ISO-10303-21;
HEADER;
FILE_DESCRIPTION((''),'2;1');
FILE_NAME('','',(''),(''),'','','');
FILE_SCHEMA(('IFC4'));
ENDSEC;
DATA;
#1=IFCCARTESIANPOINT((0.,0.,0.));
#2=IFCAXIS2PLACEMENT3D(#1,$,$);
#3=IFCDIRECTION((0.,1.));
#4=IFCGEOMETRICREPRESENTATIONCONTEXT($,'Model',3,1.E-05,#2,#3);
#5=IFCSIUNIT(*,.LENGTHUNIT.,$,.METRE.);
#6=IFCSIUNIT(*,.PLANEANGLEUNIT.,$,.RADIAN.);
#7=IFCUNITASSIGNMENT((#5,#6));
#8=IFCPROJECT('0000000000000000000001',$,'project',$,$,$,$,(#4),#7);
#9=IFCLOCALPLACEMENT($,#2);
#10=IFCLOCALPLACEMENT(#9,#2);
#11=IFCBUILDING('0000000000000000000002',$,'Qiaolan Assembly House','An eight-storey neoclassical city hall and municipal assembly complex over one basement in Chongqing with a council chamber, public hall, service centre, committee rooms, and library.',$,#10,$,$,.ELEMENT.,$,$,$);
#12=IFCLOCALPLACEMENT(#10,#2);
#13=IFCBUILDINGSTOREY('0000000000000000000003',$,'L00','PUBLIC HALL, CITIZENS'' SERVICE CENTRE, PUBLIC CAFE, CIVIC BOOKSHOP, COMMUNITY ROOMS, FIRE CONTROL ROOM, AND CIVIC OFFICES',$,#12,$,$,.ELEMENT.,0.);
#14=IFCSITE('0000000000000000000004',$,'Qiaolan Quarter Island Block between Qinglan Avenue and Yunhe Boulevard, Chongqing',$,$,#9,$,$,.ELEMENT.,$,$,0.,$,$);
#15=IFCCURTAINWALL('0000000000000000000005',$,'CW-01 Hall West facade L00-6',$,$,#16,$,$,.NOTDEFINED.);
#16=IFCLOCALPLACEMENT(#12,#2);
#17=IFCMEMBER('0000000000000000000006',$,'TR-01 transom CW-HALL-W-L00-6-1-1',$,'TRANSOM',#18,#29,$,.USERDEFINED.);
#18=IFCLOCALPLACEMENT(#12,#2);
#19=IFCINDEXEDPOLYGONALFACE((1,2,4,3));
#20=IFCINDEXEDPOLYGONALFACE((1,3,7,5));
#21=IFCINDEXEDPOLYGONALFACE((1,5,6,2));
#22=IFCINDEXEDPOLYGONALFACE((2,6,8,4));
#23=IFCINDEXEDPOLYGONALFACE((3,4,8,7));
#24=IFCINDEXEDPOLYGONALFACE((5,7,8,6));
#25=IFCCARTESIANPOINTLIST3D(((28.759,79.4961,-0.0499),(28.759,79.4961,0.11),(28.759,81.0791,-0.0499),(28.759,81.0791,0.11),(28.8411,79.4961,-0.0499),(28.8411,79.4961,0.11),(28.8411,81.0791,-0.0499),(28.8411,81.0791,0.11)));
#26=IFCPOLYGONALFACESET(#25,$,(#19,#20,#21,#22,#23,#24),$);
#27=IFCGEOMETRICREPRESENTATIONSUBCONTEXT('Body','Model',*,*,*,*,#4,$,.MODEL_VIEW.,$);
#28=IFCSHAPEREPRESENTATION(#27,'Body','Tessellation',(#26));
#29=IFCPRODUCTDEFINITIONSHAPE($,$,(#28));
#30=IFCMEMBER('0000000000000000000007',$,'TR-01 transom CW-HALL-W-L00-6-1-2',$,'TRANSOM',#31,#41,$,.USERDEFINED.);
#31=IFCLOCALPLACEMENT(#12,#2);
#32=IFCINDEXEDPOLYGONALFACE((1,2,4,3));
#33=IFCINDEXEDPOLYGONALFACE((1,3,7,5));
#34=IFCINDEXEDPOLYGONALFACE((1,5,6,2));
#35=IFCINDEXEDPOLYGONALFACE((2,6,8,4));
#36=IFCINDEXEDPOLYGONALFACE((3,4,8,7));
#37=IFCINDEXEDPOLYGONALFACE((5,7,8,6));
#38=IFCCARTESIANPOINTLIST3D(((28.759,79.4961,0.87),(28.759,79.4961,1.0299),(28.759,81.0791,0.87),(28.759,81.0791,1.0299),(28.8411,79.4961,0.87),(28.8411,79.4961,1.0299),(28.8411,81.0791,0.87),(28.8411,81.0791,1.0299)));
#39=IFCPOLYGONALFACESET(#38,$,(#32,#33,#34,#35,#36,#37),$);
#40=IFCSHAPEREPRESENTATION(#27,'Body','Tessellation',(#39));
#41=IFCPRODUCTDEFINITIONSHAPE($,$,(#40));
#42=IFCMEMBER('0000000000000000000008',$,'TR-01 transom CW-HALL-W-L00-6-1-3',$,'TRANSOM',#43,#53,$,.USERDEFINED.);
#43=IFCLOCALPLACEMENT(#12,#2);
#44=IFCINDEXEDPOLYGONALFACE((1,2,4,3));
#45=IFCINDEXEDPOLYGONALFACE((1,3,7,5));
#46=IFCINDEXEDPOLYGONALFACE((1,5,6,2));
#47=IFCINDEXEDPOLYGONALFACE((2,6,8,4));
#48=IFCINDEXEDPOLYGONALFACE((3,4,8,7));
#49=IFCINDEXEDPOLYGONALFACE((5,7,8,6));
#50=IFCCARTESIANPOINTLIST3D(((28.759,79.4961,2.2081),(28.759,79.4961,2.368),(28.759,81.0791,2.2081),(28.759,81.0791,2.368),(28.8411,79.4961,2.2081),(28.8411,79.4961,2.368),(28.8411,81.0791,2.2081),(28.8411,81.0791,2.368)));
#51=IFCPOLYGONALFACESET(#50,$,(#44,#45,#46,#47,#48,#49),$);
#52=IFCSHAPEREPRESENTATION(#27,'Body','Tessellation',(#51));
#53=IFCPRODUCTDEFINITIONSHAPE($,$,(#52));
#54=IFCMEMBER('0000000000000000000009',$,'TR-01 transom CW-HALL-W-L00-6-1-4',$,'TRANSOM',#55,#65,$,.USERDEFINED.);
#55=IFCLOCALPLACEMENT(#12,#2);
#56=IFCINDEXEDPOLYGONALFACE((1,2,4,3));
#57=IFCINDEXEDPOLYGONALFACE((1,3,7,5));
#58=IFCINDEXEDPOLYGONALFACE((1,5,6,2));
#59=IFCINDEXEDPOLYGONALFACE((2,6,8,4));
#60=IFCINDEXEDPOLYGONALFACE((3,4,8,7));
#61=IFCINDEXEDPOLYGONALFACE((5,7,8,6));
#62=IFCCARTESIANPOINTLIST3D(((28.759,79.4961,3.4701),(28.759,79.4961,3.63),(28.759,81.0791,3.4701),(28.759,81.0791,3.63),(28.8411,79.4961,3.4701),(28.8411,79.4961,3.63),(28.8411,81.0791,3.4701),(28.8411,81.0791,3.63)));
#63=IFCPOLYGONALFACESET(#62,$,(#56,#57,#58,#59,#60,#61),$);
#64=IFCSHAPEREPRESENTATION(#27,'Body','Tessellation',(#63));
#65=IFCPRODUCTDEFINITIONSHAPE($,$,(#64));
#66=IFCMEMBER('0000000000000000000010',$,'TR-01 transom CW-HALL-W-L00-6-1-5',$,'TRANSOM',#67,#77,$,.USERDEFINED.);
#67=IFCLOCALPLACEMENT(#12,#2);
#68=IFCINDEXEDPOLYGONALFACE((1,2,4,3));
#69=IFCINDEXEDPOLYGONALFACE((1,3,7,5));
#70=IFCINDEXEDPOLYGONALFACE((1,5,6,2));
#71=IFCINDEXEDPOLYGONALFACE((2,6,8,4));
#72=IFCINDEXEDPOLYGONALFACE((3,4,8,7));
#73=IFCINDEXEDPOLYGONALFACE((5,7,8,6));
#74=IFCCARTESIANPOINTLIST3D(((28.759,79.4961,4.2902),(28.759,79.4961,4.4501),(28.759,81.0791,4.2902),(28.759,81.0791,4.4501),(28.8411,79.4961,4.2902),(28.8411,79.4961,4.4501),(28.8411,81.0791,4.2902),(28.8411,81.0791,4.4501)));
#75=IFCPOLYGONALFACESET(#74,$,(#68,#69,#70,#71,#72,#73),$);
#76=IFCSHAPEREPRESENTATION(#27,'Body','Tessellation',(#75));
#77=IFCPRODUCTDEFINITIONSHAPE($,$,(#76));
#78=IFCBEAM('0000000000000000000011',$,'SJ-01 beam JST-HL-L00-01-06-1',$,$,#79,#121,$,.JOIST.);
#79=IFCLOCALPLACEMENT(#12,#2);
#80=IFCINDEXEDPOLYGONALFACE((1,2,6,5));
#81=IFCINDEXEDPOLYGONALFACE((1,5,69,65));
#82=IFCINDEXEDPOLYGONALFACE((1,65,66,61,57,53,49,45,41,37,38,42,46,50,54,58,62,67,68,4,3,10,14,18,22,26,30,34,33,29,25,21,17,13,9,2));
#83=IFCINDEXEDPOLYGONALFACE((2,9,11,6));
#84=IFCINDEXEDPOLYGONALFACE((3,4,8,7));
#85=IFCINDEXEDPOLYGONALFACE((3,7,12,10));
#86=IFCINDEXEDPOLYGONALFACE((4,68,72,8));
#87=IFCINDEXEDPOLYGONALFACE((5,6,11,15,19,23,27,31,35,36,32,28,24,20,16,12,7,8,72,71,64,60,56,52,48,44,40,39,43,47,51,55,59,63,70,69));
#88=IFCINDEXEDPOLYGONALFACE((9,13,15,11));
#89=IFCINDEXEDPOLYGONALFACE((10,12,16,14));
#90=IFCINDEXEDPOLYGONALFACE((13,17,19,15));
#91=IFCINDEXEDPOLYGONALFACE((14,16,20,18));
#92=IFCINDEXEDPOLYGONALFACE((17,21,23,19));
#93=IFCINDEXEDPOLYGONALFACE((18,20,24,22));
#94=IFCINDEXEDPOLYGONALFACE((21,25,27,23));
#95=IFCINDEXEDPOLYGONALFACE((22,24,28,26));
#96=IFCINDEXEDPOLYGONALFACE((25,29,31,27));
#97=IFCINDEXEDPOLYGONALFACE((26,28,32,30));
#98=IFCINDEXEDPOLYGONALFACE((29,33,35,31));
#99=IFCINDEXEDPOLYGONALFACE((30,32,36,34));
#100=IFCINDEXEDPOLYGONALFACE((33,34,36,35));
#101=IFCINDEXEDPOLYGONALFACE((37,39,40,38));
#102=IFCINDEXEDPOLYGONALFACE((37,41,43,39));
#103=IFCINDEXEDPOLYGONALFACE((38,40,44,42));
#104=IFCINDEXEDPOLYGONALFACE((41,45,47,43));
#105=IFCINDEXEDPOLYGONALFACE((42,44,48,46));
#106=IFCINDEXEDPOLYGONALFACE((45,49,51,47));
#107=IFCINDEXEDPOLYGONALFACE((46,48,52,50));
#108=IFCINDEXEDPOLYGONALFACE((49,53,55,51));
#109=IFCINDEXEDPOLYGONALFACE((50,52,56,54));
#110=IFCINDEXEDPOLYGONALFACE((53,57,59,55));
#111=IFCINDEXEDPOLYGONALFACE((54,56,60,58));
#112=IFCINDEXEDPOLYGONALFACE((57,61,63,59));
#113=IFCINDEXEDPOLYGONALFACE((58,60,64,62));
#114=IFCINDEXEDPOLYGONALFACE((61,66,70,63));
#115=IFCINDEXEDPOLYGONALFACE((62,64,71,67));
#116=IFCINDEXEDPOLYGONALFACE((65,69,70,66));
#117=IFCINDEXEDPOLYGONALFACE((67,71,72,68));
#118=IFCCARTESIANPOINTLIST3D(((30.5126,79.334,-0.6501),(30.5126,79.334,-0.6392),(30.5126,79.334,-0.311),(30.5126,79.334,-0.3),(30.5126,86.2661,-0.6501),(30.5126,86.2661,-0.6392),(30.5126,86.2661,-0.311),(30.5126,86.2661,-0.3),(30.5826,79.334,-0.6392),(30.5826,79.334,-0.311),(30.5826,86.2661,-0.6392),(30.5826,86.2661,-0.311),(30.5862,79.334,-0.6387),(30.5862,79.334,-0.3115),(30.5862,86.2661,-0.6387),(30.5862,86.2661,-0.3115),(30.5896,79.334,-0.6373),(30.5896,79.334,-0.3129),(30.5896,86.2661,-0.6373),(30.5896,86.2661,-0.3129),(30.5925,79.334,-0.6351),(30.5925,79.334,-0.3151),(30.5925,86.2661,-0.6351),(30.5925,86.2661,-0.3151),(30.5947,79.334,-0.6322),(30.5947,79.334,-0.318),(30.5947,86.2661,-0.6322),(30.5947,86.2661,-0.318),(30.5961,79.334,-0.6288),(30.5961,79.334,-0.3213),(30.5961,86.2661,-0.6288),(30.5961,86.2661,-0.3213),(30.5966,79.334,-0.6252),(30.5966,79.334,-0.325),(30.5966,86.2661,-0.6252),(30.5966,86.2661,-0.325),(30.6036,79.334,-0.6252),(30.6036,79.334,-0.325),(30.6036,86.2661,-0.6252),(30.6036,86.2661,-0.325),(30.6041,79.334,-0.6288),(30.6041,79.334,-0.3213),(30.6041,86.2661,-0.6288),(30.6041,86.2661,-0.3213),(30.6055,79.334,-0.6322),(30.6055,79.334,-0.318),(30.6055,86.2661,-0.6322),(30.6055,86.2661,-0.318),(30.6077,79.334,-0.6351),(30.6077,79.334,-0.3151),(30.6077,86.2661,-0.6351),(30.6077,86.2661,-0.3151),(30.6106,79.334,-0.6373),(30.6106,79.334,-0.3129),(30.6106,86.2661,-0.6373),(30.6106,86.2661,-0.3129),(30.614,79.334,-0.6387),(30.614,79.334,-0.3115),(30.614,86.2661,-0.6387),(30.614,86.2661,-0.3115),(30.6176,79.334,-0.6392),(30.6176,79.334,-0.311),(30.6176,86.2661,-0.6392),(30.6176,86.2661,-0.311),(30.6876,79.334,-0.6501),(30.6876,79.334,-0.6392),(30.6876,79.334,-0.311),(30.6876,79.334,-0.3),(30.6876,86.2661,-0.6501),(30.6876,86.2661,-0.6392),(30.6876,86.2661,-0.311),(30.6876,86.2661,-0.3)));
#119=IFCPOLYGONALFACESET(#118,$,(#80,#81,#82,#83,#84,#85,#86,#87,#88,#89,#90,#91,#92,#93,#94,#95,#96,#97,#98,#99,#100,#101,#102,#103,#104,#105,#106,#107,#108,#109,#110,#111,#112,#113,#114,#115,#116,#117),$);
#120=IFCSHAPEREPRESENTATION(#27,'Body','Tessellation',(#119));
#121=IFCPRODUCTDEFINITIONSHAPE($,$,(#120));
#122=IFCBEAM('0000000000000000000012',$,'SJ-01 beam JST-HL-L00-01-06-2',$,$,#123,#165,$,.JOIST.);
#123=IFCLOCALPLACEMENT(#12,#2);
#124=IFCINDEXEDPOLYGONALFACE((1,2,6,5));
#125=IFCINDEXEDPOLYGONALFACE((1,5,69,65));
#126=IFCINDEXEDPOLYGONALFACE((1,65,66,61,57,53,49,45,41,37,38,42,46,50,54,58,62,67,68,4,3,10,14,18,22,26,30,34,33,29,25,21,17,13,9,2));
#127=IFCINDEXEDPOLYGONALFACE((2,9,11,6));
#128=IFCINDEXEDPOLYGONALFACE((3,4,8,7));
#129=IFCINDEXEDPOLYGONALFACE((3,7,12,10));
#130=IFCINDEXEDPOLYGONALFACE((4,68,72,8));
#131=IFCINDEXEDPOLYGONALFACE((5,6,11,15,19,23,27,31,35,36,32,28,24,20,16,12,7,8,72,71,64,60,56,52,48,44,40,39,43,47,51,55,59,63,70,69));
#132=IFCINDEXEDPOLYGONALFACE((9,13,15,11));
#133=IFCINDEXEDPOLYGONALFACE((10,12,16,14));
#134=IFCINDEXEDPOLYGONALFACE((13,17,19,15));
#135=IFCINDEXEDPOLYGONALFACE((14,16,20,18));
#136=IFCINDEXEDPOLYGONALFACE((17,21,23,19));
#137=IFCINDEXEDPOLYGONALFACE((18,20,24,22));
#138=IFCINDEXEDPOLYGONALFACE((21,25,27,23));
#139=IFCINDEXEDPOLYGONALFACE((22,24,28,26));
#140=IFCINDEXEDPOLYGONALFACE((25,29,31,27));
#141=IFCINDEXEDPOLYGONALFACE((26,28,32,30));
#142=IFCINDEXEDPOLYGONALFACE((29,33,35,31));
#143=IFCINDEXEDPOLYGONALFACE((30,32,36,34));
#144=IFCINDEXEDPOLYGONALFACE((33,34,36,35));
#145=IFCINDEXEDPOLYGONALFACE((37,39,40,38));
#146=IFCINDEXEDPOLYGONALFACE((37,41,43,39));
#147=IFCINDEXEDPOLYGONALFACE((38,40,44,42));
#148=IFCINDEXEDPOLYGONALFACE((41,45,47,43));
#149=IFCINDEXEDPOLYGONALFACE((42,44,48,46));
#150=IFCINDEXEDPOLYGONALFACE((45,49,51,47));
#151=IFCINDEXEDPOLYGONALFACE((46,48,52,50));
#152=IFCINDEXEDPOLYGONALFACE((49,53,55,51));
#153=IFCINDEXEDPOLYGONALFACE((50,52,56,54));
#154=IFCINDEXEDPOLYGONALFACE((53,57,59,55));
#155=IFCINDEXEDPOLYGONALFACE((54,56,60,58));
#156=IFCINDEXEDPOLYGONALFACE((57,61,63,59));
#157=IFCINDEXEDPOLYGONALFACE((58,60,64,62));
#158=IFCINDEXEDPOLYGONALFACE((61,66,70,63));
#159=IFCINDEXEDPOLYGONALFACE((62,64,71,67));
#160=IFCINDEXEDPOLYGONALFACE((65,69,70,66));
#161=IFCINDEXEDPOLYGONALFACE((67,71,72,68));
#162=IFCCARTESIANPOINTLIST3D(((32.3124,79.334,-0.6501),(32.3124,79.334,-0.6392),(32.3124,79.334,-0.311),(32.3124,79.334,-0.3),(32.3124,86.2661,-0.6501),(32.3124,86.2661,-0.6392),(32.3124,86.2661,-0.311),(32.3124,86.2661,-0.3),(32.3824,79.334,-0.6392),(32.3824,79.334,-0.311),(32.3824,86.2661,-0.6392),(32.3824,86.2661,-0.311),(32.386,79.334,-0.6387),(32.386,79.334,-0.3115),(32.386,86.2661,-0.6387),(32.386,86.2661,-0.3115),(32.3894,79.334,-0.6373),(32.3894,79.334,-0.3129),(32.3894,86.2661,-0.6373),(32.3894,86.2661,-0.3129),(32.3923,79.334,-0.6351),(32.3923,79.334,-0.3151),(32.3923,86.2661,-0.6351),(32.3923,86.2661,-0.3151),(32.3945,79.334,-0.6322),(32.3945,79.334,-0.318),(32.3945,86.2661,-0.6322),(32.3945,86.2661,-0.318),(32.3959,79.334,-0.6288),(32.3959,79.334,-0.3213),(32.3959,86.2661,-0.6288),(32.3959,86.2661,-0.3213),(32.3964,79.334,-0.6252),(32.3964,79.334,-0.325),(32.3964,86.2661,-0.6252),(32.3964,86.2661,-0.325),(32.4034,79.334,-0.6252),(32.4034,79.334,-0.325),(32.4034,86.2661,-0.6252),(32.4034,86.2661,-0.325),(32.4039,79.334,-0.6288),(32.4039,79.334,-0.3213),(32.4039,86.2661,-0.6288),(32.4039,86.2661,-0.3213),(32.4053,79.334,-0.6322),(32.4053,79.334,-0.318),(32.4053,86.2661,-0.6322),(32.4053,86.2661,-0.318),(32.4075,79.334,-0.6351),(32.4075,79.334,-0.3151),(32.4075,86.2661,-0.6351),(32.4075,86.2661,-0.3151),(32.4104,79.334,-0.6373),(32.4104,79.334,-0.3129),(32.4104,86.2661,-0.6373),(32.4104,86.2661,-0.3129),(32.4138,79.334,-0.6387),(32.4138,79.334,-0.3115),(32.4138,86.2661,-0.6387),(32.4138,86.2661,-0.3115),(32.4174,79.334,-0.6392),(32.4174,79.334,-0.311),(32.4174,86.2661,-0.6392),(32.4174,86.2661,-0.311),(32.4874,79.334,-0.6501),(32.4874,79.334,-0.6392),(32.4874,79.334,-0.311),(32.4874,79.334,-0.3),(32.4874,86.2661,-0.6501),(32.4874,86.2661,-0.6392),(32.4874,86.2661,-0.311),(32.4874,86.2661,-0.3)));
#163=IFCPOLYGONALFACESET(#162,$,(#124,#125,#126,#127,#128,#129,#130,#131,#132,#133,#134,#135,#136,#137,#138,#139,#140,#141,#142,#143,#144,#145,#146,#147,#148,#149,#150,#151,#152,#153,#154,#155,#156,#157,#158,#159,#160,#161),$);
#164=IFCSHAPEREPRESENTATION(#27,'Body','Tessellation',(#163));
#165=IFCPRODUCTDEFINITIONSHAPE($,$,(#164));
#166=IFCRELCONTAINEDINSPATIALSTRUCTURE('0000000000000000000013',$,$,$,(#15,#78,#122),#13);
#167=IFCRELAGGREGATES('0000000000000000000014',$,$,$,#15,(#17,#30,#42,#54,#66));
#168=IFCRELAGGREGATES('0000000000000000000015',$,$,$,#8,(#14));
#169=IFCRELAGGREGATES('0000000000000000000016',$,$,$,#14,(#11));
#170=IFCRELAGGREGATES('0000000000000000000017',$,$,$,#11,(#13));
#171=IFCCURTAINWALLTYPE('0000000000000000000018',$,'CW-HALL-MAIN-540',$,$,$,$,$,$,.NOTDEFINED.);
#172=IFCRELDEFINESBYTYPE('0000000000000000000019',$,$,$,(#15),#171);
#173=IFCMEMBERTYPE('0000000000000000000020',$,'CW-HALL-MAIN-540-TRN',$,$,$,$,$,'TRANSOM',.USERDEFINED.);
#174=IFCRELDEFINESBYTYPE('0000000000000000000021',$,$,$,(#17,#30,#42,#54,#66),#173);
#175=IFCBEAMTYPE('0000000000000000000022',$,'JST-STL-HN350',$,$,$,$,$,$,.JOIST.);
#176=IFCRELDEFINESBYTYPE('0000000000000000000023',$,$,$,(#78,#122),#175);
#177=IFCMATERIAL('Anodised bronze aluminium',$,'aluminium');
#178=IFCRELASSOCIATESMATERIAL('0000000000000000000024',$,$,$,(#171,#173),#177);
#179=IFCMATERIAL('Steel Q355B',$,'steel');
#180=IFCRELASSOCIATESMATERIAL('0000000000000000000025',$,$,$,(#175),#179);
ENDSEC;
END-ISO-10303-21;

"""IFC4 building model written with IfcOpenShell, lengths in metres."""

from ifc_helpers import new_model, si_unit, direction, frame, origin, origin_2d, place, context, subcontext, project, spatial, rectangle, i_section, extrude, material, material_profile, profile_set, type_object, element, aggregate, save


model = new_model("IFC4")

# Units and contexts
model_context = context("Model", 3, precision=1e-05, world=origin(), true_north=direction((0.0, 1.0)))
body_context = subcontext(model_context, "Body", "Model", "MODEL_VIEW")
ifc_project = project(units=[si_unit("LENGTHUNIT", "METRE"), si_unit("PLANEANGLEUNIT", "RADIAN")], contexts=[model_context])

# Site, building, storey
site_placement = place(None, origin())
site = spatial("IfcSite", under=ifc_project, at=site_placement, Name="Qiaolan Quarter Island Block between Qinglan Avenue and Yunhe Boulevard, Chongqing", CompositionType="ELEMENT", RefElevation=0.0)
building_placement = place(site_placement, origin())
building = spatial("IfcBuilding", under=site, at=building_placement, Name="Qiaolan Assembly House", Description="An eight-storey neoclassical city hall and municipal assembly complex over one basement in Chongqing with a council chamber, public hall, service centre, committee rooms, and library.", CompositionType="ELEMENT")
storey_placement = place(building_placement, origin())
storey = spatial("IfcBuildingStorey", under=building, at=storey_placement, Name="L00", Description="PUBLIC HALL, CITIZENS' SERVICE CENTRE, PUBLIC CAFE, CIVIC BOOKSHOP, COMMUNITY ROOMS, FIRE CONTROL ROOM, AND CIVIC OFFICES", CompositionType="ELEMENT", Elevation=0.0)

# Shared definitions
ifc_material_1 = material(Name="Steel Q355B", Category="steel")

# Shared definitions
ifc_material_2 = material(Name="Anodised bronze aluminium", Category="aluminium")
curtain_wall_type = type_object("IfcCurtainWallType", Name="CW-HALL-MAIN-540", PredefinedType="NOTDEFINED", material=ifc_material_2)

# Curtain wall, members
curtain_wall_1_placement = place(storey_placement, origin())
curtain_wall_1 = element("IfcCurtainWall", 1, at=curtain_wall_1_placement, inside=storey, type_object=curtain_wall_type, Name="CW-01 Hall West facade L00-6", PredefinedType="NOTDEFINED")
ifc_material_profile_1 = material_profile(ifc_material_2, rectangle(XDim=0.082, YDim=0.1599, at=origin_2d()), Name="TRN 82x160")
ifc_profile_set_1 = profile_set([ifc_material_profile_1], Name="Anodised bronze aluminium")
member_type_1 = type_object("IfcMemberType", Name="CW-HALL-MAIN-540-TRN", ElementType="TRANSOM", PredefinedType="USERDEFINED", material=ifc_profile_set_1)
member_1_placement = place(storey_placement, frame((28.8, 79.4961, 0.03), z_axis=(0.0, 1.0, 0.0), x_axis=(-1.0, 0.0, 0.0)))
member_1 = element("IfcMember", 2, at=member_1_placement, type_object=member_type_1, Name="TR-01 transom CW-HALL-W-L00-6-1-1", ObjectType="TRANSOM", PredefinedType="USERDEFINED", context=body_context, shape_type="SweptSolid", body=[
    extrude(rectangle(XDim=0.082, YDim=0.1599, at=origin_2d()), origin(), (0.0, 0.0, 1.0), 1.583),
])
member_2_placement = place(storey_placement, frame((28.8, 79.4961, 0.95), z_axis=(0.0, 1.0, 0.0), x_axis=(-1.0, 0.0, 0.0)))
member_2 = element("IfcMember", 3, at=member_2_placement, type_object=member_type_1, Name="TR-01 transom CW-HALL-W-L00-6-1-2", ObjectType="TRANSOM", PredefinedType="USERDEFINED", context=body_context, shape_type="SweptSolid", body=[
    extrude(rectangle(XDim=0.082, YDim=0.1599, at=origin_2d()), origin(), (0.0, 0.0, 1.0), 1.583),
])
member_3_placement = place(storey_placement, frame((28.8, 79.4961, 2.2881), z_axis=(0.0, 1.0, 0.0), x_axis=(-1.0, 0.0, 0.0)))
member_3 = element("IfcMember", 4, at=member_3_placement, type_object=member_type_1, Name="TR-01 transom CW-HALL-W-L00-6-1-3", ObjectType="TRANSOM", PredefinedType="USERDEFINED", context=body_context, shape_type="SweptSolid", body=[
    extrude(rectangle(XDim=0.082, YDim=0.1599, at=origin_2d()), origin(), (0.0, 0.0, 1.0), 1.583),
])
member_4_placement = place(storey_placement, frame((28.8, 79.4961, 3.55), z_axis=(0.0, 1.0, 0.0), x_axis=(-1.0, 0.0, 0.0)))
member_4 = element("IfcMember", 5, at=member_4_placement, type_object=member_type_1, Name="TR-01 transom CW-HALL-W-L00-6-1-4", ObjectType="TRANSOM", PredefinedType="USERDEFINED", context=body_context, shape_type="SweptSolid", body=[
    extrude(rectangle(XDim=0.082, YDim=0.1599, at=origin_2d()), origin(), (0.0, 0.0, 1.0), 1.583),
])
member_5_placement = place(storey_placement, frame((28.8, 79.4961, 4.3701), z_axis=(0.0, 1.0, 0.0), x_axis=(-1.0, 0.0, 0.0)))
member_5 = element("IfcMember", 6, at=member_5_placement, type_object=member_type_1, Name="TR-01 transom CW-HALL-W-L00-6-1-5", ObjectType="TRANSOM", PredefinedType="USERDEFINED", context=body_context, shape_type="SweptSolid", body=[
    extrude(rectangle(XDim=0.082, YDim=0.1599, at=origin_2d()), origin(), (0.0, 0.0, 1.0), 1.583),
])

# Beams
ifc_material_profile_2 = material_profile(ifc_material_1, i_section(OverallWidth=0.175, OverallDepth=0.3501, WebThickness=0.0071, FlangeThickness=0.011, FilletRadius=0.0139, at=origin_2d()), Name="HN 350x175x7x11")
ifc_profile_set_2 = profile_set([ifc_material_profile_2], Name="Steel Q355B")
beam_type_1 = type_object("IfcBeamType", Name="JST-STL-HN350", PredefinedType="JOIST", material=ifc_profile_set_2)
for number, where, z_axis, x_axis, name in (
    (7, (30.6001, 79.334, -0.4751), (0.0, 1.0, 0.0), (-1.0, 0.0, 0.0), "SJ-01 beam JST-HL-L00-01-06-1"),
    (8, (32.3999, 79.334, -0.4751), (0.0, 1.0, 0.0), (-1.0, 0.0, 0.0), "SJ-01 beam JST-HL-L00-01-06-2"),
):
    element("IfcBeam", number, at=place(storey_placement, frame(where, z_axis=z_axis, x_axis=x_axis)), inside=storey, type_object=beam_type_1, Name=name, PredefinedType="JOIST", context=body_context, shape_type="SweptSolid", body=[
        extrude(i_section(OverallWidth=0.175, OverallDepth=0.3501, WebThickness=0.0071, FlangeThickness=0.011, FilletRadius=0.0139, at=origin_2d()), origin(), (0.0, 0.0, 1.0), 6.9321),
    ])

aggregate(curtain_wall_1, [member_1, member_2, member_3, member_4, member_5])

save(model, "model.ifc")
